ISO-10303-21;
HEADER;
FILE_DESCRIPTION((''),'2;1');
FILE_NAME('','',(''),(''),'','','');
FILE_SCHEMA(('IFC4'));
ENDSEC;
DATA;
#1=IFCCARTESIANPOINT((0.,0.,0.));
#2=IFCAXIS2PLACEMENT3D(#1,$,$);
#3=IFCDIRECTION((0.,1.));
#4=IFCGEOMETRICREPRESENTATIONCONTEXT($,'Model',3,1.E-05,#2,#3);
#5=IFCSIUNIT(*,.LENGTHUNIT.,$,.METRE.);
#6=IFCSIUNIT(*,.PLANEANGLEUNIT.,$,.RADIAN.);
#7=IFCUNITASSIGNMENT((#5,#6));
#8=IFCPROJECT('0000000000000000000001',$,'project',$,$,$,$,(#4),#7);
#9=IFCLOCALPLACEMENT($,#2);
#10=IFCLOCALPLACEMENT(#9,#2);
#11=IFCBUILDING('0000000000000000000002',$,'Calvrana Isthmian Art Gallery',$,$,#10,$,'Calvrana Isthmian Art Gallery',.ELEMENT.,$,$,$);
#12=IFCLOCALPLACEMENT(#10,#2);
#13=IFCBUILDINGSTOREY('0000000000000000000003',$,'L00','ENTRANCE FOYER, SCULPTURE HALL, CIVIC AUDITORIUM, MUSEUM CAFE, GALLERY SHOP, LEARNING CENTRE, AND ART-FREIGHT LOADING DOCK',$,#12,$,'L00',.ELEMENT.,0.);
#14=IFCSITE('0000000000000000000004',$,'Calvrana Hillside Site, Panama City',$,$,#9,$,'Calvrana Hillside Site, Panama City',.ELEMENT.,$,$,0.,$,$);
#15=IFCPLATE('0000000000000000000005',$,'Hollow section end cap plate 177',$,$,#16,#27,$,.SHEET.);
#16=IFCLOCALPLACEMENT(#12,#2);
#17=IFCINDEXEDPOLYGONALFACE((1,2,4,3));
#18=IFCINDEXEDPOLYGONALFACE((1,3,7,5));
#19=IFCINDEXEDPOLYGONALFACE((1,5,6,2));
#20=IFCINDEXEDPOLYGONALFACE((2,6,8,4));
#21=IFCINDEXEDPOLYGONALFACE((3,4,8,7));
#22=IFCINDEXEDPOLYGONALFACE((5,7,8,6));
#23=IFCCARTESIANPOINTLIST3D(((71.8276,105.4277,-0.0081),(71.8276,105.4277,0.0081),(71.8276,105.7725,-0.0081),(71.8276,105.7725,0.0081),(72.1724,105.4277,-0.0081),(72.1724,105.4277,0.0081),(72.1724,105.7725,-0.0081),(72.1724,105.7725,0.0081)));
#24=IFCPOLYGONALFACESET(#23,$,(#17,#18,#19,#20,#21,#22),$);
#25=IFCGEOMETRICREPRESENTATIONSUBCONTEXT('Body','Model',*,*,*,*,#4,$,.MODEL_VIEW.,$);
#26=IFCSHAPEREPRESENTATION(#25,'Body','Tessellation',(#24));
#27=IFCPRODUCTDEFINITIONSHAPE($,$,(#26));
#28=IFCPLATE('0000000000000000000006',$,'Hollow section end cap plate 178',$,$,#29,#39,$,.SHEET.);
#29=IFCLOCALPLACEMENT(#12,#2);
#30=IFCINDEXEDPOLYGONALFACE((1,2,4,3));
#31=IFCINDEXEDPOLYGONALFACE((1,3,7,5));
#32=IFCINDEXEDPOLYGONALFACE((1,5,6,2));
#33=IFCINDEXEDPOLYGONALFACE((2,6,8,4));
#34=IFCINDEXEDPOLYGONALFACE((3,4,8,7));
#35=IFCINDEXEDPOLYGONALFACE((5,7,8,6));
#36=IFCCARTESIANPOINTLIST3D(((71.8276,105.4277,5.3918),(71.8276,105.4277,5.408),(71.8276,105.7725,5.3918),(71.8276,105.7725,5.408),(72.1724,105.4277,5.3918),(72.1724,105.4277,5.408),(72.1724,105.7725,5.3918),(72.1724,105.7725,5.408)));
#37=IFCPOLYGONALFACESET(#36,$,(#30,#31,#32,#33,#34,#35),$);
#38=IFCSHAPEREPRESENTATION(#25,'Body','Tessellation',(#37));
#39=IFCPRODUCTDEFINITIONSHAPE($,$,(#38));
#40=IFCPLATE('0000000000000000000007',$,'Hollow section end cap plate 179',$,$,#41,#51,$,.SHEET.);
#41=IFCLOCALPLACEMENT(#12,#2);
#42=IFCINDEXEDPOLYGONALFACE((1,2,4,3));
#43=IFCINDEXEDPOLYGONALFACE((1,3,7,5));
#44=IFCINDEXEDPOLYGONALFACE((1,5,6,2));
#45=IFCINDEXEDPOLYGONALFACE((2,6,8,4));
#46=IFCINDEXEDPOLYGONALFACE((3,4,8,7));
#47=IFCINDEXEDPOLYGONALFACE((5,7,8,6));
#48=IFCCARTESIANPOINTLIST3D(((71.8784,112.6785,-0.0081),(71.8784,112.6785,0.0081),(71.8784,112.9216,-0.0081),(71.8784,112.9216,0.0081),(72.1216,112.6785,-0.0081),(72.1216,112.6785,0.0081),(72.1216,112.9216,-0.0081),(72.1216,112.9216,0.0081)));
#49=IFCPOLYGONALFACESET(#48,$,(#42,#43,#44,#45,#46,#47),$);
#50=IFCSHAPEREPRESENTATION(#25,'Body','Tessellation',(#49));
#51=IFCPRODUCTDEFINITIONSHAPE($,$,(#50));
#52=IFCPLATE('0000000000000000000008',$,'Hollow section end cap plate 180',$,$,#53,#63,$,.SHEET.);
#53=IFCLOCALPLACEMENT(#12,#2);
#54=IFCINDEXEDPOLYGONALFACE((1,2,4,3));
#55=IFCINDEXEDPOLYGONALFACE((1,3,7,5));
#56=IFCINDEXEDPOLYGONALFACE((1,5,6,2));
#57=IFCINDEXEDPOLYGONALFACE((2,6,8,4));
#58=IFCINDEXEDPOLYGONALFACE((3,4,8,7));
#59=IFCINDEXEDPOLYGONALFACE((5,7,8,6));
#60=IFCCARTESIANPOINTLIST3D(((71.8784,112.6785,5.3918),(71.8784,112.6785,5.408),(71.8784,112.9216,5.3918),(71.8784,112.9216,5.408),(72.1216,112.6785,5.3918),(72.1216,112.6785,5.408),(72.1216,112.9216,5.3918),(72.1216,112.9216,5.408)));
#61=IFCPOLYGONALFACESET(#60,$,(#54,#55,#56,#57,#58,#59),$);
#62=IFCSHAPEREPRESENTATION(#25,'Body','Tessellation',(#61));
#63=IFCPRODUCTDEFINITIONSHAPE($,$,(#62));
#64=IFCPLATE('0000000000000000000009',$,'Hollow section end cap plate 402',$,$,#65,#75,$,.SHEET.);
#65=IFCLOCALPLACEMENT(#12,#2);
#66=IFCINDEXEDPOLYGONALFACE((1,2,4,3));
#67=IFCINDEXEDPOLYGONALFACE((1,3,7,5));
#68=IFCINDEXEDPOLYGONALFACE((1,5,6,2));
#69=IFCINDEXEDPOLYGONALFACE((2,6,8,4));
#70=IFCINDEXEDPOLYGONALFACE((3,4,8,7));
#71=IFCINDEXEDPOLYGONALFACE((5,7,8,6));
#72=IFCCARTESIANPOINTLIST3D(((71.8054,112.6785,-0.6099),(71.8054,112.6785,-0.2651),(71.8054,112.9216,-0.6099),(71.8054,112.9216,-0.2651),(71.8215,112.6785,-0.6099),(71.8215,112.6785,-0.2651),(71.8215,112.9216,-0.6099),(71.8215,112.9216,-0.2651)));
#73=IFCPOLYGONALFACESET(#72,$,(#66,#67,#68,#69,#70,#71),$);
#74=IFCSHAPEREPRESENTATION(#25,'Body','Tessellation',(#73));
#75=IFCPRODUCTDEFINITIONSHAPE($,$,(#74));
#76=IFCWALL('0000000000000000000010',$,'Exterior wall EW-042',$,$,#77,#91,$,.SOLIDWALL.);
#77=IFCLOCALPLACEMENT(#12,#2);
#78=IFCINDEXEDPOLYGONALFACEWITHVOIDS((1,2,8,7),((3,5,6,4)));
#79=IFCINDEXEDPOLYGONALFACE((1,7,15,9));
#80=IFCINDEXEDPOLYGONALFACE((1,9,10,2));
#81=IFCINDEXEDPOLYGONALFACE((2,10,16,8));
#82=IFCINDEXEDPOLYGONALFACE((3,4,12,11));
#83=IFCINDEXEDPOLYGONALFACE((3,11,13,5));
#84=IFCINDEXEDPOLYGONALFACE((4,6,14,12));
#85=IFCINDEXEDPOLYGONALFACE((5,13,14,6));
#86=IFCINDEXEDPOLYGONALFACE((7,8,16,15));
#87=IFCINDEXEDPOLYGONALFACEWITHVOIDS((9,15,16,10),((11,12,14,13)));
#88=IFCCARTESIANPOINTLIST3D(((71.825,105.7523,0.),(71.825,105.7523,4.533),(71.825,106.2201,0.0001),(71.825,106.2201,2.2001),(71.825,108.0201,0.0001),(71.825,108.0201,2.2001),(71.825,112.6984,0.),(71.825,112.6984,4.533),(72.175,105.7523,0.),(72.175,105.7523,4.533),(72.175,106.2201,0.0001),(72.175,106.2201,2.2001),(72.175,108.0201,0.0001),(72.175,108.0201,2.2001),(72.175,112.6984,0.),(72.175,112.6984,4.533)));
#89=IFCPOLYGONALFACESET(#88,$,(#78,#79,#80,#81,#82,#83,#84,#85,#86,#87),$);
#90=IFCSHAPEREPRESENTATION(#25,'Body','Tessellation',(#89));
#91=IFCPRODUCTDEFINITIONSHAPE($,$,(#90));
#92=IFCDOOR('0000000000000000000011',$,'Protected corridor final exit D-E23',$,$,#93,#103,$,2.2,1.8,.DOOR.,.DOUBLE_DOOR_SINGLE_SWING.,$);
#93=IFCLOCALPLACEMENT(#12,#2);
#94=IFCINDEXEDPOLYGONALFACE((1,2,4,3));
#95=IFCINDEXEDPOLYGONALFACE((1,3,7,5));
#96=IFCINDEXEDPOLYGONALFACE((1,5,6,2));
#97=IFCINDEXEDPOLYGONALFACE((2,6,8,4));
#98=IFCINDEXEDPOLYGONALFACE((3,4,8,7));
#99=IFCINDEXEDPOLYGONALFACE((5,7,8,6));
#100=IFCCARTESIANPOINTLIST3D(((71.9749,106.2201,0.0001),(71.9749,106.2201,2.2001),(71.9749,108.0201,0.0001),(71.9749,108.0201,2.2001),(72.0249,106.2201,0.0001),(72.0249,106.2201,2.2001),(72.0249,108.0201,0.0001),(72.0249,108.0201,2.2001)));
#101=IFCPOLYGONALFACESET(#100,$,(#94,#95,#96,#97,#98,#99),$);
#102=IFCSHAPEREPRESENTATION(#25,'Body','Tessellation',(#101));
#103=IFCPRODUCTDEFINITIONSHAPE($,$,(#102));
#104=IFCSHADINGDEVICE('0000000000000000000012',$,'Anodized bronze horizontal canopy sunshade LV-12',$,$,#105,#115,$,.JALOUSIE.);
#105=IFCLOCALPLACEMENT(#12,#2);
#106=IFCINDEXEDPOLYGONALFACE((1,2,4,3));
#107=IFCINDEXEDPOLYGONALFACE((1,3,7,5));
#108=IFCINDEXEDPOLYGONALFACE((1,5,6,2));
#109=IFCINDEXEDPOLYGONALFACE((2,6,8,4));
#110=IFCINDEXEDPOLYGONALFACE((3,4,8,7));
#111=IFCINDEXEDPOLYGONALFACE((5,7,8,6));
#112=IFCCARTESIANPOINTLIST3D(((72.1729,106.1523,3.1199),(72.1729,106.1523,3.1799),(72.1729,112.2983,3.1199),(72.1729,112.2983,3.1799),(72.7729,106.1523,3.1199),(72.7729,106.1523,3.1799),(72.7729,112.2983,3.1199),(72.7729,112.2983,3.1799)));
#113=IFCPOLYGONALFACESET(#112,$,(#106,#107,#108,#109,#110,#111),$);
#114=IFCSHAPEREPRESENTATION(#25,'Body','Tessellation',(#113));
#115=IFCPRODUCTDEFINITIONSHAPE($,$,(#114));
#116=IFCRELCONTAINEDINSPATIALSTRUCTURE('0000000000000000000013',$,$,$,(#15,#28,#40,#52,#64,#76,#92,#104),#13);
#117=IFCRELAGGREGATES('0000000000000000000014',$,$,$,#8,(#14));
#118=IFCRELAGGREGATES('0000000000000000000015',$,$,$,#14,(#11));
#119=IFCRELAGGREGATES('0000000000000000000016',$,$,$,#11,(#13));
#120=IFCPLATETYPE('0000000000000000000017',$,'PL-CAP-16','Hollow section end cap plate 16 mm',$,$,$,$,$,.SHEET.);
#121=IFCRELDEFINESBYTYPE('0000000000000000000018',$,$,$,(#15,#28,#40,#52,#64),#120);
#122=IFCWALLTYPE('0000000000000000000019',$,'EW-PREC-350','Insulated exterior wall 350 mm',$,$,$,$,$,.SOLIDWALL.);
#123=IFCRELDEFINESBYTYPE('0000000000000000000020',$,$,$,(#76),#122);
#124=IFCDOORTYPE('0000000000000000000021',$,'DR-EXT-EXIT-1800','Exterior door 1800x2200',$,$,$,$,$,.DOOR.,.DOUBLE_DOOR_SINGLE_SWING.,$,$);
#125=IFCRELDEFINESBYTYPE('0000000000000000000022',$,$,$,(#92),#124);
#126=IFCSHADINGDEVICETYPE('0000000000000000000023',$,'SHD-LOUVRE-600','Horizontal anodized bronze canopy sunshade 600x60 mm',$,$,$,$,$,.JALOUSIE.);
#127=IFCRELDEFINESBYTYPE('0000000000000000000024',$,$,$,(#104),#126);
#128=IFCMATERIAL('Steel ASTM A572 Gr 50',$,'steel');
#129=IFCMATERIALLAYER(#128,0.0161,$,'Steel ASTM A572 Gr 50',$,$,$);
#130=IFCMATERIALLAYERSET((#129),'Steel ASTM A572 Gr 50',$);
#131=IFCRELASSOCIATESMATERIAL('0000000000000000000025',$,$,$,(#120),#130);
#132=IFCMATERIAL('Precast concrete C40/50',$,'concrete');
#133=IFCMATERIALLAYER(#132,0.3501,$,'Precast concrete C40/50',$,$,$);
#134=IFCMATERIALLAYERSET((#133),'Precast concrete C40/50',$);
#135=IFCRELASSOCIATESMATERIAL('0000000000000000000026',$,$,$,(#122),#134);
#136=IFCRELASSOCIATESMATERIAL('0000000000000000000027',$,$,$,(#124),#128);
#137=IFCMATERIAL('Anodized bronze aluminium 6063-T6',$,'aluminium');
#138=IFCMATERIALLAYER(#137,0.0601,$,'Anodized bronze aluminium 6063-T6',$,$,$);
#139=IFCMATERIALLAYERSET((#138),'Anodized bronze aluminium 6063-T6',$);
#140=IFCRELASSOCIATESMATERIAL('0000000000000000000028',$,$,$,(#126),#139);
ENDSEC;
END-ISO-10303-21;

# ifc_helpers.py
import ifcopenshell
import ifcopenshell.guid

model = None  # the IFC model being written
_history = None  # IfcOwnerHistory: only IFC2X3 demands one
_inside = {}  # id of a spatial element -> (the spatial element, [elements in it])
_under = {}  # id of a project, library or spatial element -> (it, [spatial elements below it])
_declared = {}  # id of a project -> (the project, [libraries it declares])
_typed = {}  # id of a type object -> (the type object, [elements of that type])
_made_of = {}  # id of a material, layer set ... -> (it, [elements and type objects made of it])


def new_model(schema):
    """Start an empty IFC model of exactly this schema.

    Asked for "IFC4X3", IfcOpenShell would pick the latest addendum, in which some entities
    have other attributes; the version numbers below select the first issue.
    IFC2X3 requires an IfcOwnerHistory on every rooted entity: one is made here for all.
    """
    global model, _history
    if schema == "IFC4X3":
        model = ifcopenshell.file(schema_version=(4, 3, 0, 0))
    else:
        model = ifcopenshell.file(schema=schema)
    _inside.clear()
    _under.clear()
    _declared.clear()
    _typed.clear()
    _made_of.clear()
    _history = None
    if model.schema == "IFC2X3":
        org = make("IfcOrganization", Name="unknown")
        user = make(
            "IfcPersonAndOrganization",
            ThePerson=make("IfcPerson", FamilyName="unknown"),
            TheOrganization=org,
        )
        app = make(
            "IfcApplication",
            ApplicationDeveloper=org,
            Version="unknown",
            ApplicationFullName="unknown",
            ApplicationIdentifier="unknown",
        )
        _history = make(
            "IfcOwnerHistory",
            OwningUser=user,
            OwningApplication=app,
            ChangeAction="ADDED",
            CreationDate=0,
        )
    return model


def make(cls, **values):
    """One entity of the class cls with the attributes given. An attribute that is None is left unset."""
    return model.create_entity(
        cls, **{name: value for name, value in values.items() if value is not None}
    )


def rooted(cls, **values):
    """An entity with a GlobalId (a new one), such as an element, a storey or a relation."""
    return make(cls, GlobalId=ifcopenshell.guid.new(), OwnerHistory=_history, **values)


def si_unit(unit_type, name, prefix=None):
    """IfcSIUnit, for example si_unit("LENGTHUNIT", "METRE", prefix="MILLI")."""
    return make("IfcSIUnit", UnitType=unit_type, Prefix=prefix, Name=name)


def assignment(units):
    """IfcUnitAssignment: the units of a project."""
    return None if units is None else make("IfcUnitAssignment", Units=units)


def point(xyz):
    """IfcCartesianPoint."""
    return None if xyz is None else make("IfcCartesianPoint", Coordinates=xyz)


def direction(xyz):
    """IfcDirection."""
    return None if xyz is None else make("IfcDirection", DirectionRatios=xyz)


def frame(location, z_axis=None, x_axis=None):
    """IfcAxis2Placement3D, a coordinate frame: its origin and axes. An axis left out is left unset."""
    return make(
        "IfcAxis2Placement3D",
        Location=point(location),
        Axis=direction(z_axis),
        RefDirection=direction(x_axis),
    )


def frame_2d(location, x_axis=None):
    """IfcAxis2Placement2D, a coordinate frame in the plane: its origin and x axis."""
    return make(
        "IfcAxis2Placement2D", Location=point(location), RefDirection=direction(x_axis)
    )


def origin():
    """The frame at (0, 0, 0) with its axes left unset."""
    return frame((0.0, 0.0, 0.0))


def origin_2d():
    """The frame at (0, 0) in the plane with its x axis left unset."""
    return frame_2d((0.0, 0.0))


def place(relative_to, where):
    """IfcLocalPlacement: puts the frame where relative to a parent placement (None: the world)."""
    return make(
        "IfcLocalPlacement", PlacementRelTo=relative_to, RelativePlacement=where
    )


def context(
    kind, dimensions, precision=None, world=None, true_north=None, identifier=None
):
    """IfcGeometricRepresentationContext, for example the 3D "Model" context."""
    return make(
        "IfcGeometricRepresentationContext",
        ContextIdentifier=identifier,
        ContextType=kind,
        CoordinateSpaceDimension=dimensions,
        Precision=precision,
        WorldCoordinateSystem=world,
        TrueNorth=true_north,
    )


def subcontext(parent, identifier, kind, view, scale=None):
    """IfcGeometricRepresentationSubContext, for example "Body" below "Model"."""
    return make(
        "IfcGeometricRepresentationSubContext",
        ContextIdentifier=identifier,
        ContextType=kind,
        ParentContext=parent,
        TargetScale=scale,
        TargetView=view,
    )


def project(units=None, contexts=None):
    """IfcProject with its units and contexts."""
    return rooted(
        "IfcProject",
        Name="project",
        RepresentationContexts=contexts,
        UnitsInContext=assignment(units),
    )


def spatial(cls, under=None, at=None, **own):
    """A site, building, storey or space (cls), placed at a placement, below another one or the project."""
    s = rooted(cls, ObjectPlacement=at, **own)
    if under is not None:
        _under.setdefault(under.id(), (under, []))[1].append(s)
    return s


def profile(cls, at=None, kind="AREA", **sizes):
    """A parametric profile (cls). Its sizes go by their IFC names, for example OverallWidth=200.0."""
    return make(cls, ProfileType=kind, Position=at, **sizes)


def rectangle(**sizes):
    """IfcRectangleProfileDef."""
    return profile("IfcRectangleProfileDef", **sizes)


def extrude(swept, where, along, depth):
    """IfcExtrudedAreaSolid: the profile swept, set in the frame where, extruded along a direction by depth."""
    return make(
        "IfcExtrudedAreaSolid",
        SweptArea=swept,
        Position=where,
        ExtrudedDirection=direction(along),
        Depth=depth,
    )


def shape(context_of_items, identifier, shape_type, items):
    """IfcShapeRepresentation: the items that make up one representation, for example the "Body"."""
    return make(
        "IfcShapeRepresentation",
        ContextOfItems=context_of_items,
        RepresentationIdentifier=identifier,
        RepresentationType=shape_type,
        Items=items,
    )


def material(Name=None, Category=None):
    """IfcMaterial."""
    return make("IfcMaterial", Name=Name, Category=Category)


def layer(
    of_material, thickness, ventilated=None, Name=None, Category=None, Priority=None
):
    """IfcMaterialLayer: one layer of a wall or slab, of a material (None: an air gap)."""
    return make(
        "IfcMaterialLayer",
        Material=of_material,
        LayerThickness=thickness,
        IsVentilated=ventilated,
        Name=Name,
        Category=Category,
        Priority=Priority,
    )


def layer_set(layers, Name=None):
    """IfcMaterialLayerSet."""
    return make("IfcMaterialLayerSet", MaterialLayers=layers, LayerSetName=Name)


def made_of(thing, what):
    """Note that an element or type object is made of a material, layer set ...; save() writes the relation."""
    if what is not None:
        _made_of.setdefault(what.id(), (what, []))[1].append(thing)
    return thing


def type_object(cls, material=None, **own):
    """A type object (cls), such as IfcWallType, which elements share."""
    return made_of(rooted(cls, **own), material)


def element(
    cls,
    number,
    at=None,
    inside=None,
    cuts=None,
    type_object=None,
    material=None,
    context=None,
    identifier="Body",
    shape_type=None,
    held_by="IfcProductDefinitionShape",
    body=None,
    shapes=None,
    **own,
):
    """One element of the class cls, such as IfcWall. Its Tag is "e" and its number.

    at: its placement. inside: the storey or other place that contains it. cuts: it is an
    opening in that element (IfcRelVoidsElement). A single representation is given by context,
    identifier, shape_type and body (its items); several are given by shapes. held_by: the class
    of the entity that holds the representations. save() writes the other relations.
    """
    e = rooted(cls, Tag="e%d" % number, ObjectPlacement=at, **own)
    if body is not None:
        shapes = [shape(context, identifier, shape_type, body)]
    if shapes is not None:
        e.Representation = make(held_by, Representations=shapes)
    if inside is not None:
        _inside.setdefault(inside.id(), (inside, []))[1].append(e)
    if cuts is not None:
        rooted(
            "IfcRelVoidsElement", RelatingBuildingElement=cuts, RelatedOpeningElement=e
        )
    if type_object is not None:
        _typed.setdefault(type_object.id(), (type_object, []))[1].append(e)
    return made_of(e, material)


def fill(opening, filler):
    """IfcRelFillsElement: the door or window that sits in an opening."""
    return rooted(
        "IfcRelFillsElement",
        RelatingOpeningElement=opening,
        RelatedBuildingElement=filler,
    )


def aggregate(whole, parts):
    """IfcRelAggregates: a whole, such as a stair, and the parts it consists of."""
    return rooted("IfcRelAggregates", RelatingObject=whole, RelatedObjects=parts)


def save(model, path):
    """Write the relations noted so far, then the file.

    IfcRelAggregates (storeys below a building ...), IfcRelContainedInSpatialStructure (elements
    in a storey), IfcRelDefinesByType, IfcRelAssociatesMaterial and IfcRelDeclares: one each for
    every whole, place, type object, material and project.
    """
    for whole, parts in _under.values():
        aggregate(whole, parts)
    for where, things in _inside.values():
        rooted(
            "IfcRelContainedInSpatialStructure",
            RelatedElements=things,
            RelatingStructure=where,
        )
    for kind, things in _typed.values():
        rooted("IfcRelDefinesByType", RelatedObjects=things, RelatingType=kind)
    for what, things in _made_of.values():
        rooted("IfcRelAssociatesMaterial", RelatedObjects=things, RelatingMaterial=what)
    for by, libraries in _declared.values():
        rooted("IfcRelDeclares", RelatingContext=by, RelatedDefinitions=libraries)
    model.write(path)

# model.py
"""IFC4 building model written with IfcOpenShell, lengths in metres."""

from ifc_helpers import new_model, si_unit, direction, frame, frame_2d, origin, origin_2d, place, context, subcontext, project, spatial, rectangle, extrude, material, layer, layer_set, type_object, element, fill, save


model = new_model("IFC4")

# Units and contexts
model_context = context("Model", 3, precision=1e-05, world=origin(), true_north=direction((0.0, 1.0)))
body_context = subcontext(model_context, "Body", "Model", "MODEL_VIEW")
ifc_project = project(units=[si_unit("LENGTHUNIT", "METRE"), si_unit("PLANEANGLEUNIT", "RADIAN")], contexts=[model_context])

# Site, building, storey
site_placement = place(None, origin())
site = spatial("IfcSite", under=ifc_project, at=site_placement, Name="Calvrana Hillside Site, Panama City", LongName="Calvrana Hillside Site, Panama City", CompositionType="ELEMENT", RefElevation=0.0)
building_placement = place(site_placement, origin())
building = spatial("IfcBuilding", under=site, at=building_placement, Name="Calvrana Isthmian Art Gallery", LongName="Calvrana Isthmian Art Gallery", CompositionType="ELEMENT")
storey_placement = place(building_placement, origin())
storey = spatial("IfcBuildingStorey", under=building, at=storey_placement, Name="L00", Description="ENTRANCE FOYER, SCULPTURE HALL, CIVIC AUDITORIUM, MUSEUM CAFE, GALLERY SHOP, LEARNING CENTRE, AND ART-FREIGHT LOADING DOCK", LongName="L00", CompositionType="ELEMENT", Elevation=0.0)

# Shared definitions
ifc_material_1 = material(Name="Anodized bronze aluminium 6063-T6", Category="aluminium")

# Plates
ifc_material_2 = material(Name="Steel ASTM A572 Gr 50", Category="steel")
ifc_layer_1 = layer(ifc_material_2, 0.0161, Name="Steel ASTM A572 Gr 50")
ifc_layer_set_1 = layer_set([ifc_layer_1], Name="Steel ASTM A572 Gr 50")
plate_type_1 = type_object("IfcPlateType", Name="PL-CAP-16", Description="Hollow section end cap plate 16 mm", PredefinedType="SHEET", material=ifc_layer_set_1)
for number, where, z_axis, x_axis, name in (
    (1, (72.0, 105.6001, -0.0081), (0.0, 0.0, 1.0), (1.0, 0.0, 0.0), "Hollow section end cap plate 177"),
    (2, (72.0, 105.6001, 5.3918), (0.0, 0.0, 1.0), (1.0, 0.0, 0.0), "Hollow section end cap plate 178"),
):
    element("IfcPlate", number, at=place(storey_placement, frame(where, z_axis=z_axis, x_axis=x_axis)), inside=storey, type_object=plate_type_1, Name=name, PredefinedType="SHEET", context=body_context, shape_type="SweptSolid", body=[
        extrude(rectangle(XDim=0.3447, YDim=0.3447, at=origin_2d()), origin(), (0.0, 0.0, 1.0), 0.0161),
    ])
for number, where, z_axis, x_axis, name in (
    (3, (72.0, 112.8, -0.0081), (0.0, 0.0, 1.0), (1.0, 0.0, 0.0), "Hollow section end cap plate 179"),
    (4, (72.0, 112.8, 5.3918), (0.0, 0.0, 1.0), (1.0, 0.0, 0.0), "Hollow section end cap plate 180"),
):
    element("IfcPlate", number, at=place(storey_placement, frame(where, z_axis=z_axis, x_axis=x_axis)), inside=storey, type_object=plate_type_1, Name=name, PredefinedType="SHEET", context=body_context, shape_type="SweptSolid", body=[
        extrude(rectangle(XDim=0.2432, YDim=0.2432, at=origin_2d()), origin(), (0.0, 0.0, 1.0), 0.0161),
    ])
plate_1_placement = place(storey_placement, frame((71.8135, 112.8, -0.6099), z_axis=(0.0, 0.0, 1.0), x_axis=(1.0, 0.0, 0.0)))
element("IfcPlate", 5, at=plate_1_placement, inside=storey, type_object=plate_type_1, Name="Hollow section end cap plate 402", PredefinedType="SHEET", context=body_context, shape_type="SweptSolid", body=[
    extrude(rectangle(XDim=0.0161, YDim=0.2432, at=origin_2d()), origin(), (0.0, 0.0, 1.0), 0.3447),
])

# Wall, opening, door
ifc_material_3 = material(Name="Precast concrete C40/50", Category="concrete")
ifc_layer_2 = layer(ifc_material_3, 0.3501, Name="Precast concrete C40/50")
ifc_layer_set_2 = layer_set([ifc_layer_2], Name="Precast concrete C40/50")
wall_type = type_object("IfcWallType", Name="EW-PREC-350", Description="Insulated exterior wall 350 mm", PredefinedType="SOLIDWALL", material=ifc_layer_set_2)
wall_placement = place(storey_placement, frame((72.0, 112.6985, 0.0), z_axis=(0.0, 0.0, 1.0), x_axis=(0.0, -1.0, 0.0)))
wall = element("IfcWall", 6, at=wall_placement, inside=storey, type_object=wall_type, Name="Exterior wall EW-042", PredefinedType="SOLIDWALL", context=body_context, shape_type="SweptSolid", body=[
    extrude(rectangle(XDim=6.946, YDim=0.3501, at=frame_2d((3.4731, 0.0))), origin(), (0.0, 0.0, 1.0), 4.533),
])
opening_placement = place(wall_placement, frame((4.6785, 0.0, 0.0)))
opening = element("IfcOpeningElement", 7, at=opening_placement, cuts=wall, PredefinedType="OPENING", context=body_context, shape_type="SweptSolid", body=[
    extrude(rectangle(XDim=1.8, YDim=2.2, at=frame_2d((0.8999, 1.1001))), frame((0.0, 0.1853, 0.0), z_axis=(0.0, -1.0, 0.0), x_axis=(1.0, 0.0, 0.0)), (0.0, 0.0, 1.0), 0.3706),
])
door_type = type_object("IfcDoorType", Name="DR-EXT-EXIT-1800", Description="Exterior door 1800x2200", OperationType="DOUBLE_DOOR_SINGLE_SWING", PredefinedType="DOOR", material=ifc_material_2)
door_placement = place(opening_placement, origin())
door = element("IfcDoor", 8, at=door_placement, inside=storey, type_object=door_type, Name="Protected corridor final exit D-E23", OperationType="DOUBLE_DOOR_SINGLE_SWING", OverallHeight=2.2, OverallWidth=1.8, PredefinedType="DOOR", context=body_context, shape_type="SweptSolid", body=[
    extrude(rectangle(XDim=1.8, YDim=2.2, at=frame_2d((0.8999, 1.1001))), frame((0.0, 0.0249, 0.0), z_axis=(0.0, -1.0, 0.0), x_axis=(1.0, 0.0, 0.0)), (0.0, 0.0, 1.0), 0.05),
])
fill(opening, door)

# Shading device
ifc_layer_3 = layer(ifc_material_1, 0.0601, Name="Anodized bronze aluminium 6063-T6")
ifc_layer_set_3 = layer_set([ifc_layer_3], Name="Anodized bronze aluminium 6063-T6")
shading_device_type = type_object("IfcShadingDeviceType", Name="SHD-LOUVRE-600", Description="Horizontal anodized bronze canopy sunshade 600x60 mm", PredefinedType="JALOUSIE", material=ifc_layer_set_3)
shading_device_placement = place(storey_placement, frame((72.4729, 109.2253, 3.1199), z_axis=(0.0, 0.0, 1.0), x_axis=(0.0, -1.0, 0.0)))
element("IfcShadingDevice", 9, at=shading_device_placement, inside=storey, type_object=shading_device_type, Name="Anodized bronze horizontal canopy sunshade LV-12", PredefinedType="JALOUSIE", context=body_context, shape_type="SweptSolid", body=[
    extrude(rectangle(XDim=6.146, YDim=0.6001, at=origin_2d()), origin(), (0.0, 0.0, 1.0), 0.0601),
])

save(model, "model.ifc")
